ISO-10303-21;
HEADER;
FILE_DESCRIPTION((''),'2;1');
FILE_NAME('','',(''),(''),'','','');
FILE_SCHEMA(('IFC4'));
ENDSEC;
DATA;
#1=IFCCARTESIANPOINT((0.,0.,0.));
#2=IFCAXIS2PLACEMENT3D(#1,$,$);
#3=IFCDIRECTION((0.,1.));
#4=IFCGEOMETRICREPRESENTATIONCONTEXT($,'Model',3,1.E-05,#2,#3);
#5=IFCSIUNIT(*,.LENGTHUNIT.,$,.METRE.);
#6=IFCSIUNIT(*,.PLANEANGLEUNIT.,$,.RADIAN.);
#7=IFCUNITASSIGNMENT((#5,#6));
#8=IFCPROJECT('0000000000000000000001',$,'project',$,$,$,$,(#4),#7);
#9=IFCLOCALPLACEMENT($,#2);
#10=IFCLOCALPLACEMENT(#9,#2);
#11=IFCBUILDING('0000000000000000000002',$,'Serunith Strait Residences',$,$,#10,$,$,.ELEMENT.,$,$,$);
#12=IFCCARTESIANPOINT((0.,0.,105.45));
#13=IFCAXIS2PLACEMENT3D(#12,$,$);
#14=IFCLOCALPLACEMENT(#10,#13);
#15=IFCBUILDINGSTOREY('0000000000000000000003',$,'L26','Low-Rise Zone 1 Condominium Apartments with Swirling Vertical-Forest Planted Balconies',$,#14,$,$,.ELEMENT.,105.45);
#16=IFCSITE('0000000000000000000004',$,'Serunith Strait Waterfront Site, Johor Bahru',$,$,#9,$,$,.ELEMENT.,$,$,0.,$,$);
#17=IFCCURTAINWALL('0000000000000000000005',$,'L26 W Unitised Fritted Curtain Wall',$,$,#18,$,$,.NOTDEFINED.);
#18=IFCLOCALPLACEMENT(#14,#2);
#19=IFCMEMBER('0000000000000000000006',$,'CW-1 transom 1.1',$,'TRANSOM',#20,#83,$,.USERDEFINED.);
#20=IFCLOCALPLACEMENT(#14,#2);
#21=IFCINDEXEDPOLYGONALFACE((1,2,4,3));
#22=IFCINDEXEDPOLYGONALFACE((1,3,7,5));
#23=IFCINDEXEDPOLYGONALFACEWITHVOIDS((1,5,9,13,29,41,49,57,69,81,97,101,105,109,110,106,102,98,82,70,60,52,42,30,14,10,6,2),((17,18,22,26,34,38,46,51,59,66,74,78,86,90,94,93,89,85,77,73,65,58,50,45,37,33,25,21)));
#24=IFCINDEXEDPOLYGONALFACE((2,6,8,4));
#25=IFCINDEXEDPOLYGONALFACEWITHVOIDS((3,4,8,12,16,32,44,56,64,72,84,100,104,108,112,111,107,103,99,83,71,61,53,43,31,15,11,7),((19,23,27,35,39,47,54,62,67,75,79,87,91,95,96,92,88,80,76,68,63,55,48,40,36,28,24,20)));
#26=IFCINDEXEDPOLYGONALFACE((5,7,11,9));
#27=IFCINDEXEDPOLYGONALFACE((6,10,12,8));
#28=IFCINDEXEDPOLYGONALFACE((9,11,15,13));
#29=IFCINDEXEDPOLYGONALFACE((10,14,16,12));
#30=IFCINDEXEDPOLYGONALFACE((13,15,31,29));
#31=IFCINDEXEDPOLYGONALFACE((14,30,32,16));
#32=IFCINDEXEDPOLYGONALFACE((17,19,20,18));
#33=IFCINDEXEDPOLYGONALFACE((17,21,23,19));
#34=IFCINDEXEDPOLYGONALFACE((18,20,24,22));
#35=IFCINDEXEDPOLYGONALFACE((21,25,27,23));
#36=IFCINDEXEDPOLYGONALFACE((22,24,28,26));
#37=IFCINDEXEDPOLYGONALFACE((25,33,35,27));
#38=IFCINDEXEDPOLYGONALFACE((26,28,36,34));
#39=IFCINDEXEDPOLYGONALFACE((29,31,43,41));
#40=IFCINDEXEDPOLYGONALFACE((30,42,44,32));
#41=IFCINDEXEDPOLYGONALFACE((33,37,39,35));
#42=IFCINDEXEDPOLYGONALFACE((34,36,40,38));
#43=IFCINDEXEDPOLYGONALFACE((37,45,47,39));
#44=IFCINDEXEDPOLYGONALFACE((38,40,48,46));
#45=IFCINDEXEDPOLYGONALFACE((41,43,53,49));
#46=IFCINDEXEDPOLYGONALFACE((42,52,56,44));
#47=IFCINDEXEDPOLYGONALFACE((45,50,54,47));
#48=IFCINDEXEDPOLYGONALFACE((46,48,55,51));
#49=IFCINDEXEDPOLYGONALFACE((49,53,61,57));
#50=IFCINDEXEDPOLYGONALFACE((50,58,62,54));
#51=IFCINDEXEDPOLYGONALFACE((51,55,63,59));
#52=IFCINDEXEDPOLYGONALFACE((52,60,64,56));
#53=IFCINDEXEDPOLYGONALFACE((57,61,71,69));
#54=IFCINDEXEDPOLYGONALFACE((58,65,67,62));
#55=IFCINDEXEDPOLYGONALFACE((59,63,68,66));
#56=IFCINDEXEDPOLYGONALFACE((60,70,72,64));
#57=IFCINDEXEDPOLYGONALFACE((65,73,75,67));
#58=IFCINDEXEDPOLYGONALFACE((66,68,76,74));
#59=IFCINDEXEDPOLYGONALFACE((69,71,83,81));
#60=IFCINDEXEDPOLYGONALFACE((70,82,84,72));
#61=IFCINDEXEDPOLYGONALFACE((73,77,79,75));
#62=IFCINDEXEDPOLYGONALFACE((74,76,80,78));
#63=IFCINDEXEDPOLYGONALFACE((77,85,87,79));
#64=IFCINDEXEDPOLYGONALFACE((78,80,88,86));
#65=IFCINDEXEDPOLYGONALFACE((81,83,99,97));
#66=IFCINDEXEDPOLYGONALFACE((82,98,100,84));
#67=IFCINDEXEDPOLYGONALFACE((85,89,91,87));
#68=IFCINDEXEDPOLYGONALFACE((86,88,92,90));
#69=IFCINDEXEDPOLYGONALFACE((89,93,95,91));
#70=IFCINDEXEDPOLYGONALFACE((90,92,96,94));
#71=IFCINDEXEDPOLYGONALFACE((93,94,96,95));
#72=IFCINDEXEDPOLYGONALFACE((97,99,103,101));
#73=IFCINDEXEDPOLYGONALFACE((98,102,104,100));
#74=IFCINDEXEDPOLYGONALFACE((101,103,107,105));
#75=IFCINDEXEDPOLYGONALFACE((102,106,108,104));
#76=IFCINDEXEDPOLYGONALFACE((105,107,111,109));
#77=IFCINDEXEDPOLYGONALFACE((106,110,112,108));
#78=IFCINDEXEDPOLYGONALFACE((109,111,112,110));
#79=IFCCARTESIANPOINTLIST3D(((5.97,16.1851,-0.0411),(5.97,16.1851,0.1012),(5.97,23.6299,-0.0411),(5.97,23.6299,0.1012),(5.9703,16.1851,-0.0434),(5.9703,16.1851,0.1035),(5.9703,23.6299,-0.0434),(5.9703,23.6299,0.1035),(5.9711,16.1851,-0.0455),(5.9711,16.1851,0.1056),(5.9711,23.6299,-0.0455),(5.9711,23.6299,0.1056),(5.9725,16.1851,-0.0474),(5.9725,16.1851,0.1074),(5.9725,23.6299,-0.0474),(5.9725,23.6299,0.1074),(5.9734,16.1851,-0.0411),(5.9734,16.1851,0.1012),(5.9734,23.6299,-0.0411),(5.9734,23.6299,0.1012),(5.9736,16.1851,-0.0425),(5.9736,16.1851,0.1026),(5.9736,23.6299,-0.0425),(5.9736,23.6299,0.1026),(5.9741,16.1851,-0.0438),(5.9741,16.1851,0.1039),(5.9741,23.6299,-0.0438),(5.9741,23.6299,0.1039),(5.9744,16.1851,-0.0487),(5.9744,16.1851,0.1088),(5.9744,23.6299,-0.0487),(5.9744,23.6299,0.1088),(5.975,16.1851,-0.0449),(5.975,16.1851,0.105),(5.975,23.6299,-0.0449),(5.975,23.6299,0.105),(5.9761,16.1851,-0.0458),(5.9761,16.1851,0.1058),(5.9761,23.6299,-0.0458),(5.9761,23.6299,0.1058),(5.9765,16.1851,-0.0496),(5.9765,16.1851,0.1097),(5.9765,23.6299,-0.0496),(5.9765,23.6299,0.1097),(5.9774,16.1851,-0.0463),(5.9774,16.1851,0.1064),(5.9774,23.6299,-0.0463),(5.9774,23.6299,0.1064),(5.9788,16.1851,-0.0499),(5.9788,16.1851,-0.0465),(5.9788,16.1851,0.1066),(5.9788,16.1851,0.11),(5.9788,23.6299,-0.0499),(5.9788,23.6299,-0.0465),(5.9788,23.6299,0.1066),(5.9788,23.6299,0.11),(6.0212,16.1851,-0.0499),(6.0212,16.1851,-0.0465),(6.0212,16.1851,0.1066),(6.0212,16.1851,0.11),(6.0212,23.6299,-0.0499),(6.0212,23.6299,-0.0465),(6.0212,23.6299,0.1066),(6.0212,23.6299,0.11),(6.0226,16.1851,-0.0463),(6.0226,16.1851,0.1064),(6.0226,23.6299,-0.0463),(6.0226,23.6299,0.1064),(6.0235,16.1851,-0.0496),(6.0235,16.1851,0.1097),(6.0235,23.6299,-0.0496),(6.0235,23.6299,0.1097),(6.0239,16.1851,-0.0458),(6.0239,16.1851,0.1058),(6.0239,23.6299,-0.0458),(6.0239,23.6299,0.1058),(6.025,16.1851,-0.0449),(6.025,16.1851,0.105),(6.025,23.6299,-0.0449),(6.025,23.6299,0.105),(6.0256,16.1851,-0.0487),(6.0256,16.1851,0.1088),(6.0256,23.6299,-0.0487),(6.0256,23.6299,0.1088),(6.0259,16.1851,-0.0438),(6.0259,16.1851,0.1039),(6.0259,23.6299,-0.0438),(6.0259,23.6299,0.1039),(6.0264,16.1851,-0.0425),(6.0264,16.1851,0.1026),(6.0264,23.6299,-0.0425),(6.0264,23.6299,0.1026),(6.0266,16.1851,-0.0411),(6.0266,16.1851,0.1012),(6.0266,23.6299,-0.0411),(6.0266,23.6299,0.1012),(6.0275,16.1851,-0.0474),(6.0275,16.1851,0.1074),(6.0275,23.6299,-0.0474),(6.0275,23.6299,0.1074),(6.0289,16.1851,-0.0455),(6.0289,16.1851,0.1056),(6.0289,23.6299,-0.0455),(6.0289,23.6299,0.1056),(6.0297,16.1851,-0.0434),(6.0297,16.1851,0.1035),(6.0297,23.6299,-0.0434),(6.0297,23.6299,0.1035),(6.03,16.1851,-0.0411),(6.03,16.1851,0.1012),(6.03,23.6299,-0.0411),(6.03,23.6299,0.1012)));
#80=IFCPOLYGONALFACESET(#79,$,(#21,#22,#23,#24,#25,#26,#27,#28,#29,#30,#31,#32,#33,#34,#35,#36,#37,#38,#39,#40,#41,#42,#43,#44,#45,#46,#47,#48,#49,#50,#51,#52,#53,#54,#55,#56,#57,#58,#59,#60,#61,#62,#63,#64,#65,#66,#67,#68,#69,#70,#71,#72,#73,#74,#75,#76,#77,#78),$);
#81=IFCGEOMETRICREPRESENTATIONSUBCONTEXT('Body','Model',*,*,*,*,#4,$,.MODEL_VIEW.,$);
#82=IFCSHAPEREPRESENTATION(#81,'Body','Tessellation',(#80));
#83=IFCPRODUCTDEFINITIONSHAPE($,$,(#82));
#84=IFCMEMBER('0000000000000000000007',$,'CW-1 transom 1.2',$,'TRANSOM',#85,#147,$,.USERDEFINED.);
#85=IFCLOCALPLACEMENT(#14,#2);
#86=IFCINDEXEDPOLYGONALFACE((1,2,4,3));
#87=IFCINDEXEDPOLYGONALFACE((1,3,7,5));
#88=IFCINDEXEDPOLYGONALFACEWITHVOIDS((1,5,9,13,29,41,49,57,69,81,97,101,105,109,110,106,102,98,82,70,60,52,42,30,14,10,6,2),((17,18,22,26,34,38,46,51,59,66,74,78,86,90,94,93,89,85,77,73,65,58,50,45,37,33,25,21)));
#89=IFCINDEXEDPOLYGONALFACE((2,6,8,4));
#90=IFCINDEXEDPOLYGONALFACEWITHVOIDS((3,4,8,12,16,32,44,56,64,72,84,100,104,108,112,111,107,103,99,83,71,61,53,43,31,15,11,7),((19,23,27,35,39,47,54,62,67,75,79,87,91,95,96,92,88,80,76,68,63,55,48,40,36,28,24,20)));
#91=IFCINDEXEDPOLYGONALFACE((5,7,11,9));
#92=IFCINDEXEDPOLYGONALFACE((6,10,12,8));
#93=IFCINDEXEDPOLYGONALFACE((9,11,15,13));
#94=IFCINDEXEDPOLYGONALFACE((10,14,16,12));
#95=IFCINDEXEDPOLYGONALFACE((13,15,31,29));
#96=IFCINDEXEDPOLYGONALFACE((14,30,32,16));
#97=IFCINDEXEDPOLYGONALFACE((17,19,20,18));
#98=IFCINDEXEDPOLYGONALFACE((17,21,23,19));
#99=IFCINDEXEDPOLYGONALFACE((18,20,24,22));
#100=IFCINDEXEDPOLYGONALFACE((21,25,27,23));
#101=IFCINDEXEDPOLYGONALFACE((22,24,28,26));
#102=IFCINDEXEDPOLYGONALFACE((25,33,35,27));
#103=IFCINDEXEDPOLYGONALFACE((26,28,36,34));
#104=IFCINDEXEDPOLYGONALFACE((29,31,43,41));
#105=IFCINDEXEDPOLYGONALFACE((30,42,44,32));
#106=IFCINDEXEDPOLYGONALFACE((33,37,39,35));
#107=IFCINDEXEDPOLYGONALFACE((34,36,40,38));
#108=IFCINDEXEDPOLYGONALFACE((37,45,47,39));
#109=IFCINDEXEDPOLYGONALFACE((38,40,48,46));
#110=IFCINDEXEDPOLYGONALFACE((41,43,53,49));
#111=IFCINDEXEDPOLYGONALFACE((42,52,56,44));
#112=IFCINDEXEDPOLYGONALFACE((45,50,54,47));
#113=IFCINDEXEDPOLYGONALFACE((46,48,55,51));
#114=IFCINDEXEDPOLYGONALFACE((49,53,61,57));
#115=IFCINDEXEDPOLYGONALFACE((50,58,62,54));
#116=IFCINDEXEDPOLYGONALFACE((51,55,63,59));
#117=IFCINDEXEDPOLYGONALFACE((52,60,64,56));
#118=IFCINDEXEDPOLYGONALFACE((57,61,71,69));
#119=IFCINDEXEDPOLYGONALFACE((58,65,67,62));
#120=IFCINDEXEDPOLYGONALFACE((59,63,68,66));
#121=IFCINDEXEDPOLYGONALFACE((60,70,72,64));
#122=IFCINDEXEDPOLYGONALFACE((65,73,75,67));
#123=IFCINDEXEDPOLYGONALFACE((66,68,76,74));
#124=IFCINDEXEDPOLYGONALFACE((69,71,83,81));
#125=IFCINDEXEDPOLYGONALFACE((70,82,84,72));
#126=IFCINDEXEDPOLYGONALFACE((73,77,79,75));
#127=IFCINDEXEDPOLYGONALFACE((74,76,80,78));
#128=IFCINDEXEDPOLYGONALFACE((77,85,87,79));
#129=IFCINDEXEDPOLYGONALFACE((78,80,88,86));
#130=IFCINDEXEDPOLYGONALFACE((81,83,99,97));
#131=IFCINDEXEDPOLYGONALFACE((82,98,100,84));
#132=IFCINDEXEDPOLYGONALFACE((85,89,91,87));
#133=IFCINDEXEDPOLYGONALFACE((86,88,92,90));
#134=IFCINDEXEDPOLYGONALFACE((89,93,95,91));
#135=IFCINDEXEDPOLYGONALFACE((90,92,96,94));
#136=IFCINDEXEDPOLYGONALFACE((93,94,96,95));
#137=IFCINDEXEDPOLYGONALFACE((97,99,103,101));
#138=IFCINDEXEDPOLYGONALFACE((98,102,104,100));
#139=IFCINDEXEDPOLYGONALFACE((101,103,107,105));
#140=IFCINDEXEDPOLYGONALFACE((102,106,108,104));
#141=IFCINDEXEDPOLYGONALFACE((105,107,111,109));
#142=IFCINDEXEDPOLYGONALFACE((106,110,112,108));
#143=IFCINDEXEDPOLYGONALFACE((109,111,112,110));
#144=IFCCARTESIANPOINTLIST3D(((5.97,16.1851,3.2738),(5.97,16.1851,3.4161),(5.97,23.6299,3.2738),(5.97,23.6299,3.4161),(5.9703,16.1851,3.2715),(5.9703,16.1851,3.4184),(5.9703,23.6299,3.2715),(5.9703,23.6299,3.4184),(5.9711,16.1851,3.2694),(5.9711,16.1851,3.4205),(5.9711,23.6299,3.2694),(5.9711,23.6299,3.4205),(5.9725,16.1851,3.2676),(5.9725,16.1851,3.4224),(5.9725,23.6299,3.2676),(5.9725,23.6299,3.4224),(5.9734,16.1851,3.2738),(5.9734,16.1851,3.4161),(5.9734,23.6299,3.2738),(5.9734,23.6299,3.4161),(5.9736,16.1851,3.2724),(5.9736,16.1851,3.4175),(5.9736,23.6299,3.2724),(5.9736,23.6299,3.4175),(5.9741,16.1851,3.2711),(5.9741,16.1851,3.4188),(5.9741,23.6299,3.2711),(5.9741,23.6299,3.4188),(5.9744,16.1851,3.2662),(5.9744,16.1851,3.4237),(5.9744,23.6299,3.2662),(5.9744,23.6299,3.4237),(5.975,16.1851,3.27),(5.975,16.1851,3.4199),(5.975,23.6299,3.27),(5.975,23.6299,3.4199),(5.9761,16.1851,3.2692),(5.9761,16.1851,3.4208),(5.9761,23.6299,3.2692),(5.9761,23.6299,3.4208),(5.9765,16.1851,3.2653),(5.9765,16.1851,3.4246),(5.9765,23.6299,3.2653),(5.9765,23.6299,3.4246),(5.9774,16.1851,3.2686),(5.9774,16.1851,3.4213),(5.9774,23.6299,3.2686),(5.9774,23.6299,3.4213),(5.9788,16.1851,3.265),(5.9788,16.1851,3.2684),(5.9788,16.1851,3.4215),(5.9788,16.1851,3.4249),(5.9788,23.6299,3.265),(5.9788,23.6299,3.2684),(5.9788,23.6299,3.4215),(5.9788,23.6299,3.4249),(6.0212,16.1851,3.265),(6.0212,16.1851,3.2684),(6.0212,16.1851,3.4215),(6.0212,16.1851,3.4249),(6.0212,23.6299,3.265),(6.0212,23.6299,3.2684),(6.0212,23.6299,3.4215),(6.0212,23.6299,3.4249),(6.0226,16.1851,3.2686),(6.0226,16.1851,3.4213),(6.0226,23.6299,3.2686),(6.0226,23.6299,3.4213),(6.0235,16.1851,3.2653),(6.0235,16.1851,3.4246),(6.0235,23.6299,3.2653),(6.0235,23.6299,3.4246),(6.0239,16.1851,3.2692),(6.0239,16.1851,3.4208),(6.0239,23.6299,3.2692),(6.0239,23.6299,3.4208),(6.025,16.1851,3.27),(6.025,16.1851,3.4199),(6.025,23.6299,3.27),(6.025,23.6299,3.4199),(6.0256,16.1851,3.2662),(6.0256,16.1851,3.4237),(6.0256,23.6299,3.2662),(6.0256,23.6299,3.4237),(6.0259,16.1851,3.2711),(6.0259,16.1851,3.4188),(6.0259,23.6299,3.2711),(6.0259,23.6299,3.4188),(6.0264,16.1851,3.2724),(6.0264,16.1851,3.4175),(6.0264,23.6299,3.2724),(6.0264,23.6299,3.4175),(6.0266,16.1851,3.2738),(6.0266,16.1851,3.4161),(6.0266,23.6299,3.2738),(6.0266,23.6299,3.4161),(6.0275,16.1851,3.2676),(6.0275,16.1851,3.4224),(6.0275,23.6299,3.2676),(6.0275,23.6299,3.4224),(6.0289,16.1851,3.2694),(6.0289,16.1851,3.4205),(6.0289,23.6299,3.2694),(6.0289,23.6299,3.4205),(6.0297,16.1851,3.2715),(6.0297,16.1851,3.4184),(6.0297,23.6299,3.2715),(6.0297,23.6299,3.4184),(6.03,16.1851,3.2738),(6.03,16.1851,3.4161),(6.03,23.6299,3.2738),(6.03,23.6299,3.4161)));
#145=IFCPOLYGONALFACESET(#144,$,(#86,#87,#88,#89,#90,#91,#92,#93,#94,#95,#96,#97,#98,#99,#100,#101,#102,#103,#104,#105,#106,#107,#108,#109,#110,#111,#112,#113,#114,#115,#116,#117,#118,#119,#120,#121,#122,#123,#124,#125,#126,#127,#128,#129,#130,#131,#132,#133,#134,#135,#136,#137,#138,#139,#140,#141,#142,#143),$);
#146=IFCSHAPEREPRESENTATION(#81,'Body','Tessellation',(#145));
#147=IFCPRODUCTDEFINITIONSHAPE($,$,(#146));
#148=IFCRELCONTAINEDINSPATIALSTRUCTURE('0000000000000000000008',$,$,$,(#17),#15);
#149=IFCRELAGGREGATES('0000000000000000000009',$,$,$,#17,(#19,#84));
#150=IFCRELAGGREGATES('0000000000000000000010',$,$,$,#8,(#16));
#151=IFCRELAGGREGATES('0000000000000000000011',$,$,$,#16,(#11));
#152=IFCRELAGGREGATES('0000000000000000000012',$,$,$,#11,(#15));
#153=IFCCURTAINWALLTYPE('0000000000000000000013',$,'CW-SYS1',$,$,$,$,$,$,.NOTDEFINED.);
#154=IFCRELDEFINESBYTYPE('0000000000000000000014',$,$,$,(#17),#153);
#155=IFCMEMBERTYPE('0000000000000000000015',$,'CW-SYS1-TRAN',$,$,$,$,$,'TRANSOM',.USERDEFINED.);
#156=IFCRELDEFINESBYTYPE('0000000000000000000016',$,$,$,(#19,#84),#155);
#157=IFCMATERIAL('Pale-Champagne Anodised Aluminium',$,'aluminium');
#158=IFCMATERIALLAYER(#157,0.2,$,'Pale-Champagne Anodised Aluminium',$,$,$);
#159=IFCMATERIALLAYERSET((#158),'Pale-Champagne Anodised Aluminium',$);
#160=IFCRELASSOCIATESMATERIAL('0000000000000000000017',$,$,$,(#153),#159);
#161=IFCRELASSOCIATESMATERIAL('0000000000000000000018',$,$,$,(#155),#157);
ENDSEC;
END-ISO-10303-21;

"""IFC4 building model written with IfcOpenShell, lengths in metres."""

from ifc_helpers import new_model, si_unit, direction, frame, origin, origin_2d, place, context, subcontext, project, spatial, hollow_rectangle, extrude, source, transform, mapped, material, layer, layer_set, material_profile, profile_set, type_object, element, aggregate, save


model = new_model("IFC4")

# Units and contexts
model_context = context("Model", 3, precision=1e-05, world=origin(), true_north=direction((0.0, 1.0)))
body_context = subcontext(model_context, "Body", "Model", "MODEL_VIEW")
ifc_project = project(units=[si_unit("LENGTHUNIT", "METRE"), si_unit("PLANEANGLEUNIT", "RADIAN")], contexts=[model_context])

# Site, building, storey
site_placement = place(None, origin())
site = spatial("IfcSite", under=ifc_project, at=site_placement, Name="Serunith Strait Waterfront Site, Johor Bahru", CompositionType="ELEMENT", RefElevation=0.0)
building_placement = place(site_placement, origin())
building = spatial("IfcBuilding", under=site, at=building_placement, Name="Serunith Strait Residences", CompositionType="ELEMENT")
storey_placement = place(building_placement, frame((0.0, 0.0, 105.45)))
storey = spatial("IfcBuildingStorey", under=building, at=storey_placement, Name="L26", Description="Low-Rise Zone 1 Condominium Apartments with Swirling Vertical-Forest Planted Balconies", CompositionType="ELEMENT", Elevation=105.45)

# Curtain wall, members
ifc_material_1 = material(Name="Pale-Champagne Anodised Aluminium", Category="aluminium")
ifc_layer_1 = layer(ifc_material_1, 0.2, Name="Pale-Champagne Anodised Aluminium")
ifc_layer_set_1 = layer_set([ifc_layer_1], Name="Pale-Champagne Anodised Aluminium")
curtain_wall_type = type_object("IfcCurtainWallType", Name="CW-SYS1", PredefinedType="NOTDEFINED", material=ifc_layer_set_1)
curtain_wall_placement = place(storey_placement, origin())
curtain_wall = element("IfcCurtainWall", 1, at=curtain_wall_placement, inside=storey, type_object=curtain_wall_type, Name="L26 W Unitised Fritted Curtain Wall", PredefinedType="NOTDEFINED")
ifc_material_profile_1 = material_profile(ifc_material_1, hollow_rectangle(XDim=0.0601, YDim=0.1599, WallThickness=0.0034, InnerFilletRadius=0.0054, OuterFilletRadius=0.0088, at=origin_2d()), Name="ALU 160x60x3.5")
ifc_profile_set_1 = profile_set([ifc_material_profile_1], Name="Pale-Champagne Anodised Aluminium")
member_type_1 = type_object("IfcMemberType", Name="CW-SYS1-TRAN", ElementType="TRANSOM", PredefinedType="USERDEFINED", material=ifc_profile_set_1)
shared_shape_1 = source(origin(), body_context, "Body", "SweptSolid", [
    extrude(hollow_rectangle(XDim=0.0601, YDim=0.1599, WallThickness=0.0034, InnerFilletRadius=0.0054, OuterFilletRadius=0.0088, at=origin_2d()), origin(), (0.0, 0.0, 1.0), 7.4448),
])
member_1_placement = place(storey_placement, frame((6.0, 23.6299, 0.03), z_axis=(0.0, -1.0, 0.0), x_axis=(1.0, 0.0, 0.0)))
member_1 = element("IfcMember", 2, at=member_1_placement, type_object=member_type_1, Name="CW-1 transom 1.1", ObjectType="TRANSOM", PredefinedType="USERDEFINED", context=body_context, shape_type="MappedRepresentation", body=[
    mapped(shared_shape_1, transform((0.0, 0.0, 0.0), scale=1.0)),
])
member_2_placement = place(storey_placement, frame((6.0, 23.6299, 3.345), z_axis=(0.0, -1.0, 0.0), x_axis=(1.0, 0.0, 0.0)))
member_2 = element("IfcMember", 3, at=member_2_placement, type_object=member_type_1, Name="CW-1 transom 1.2", ObjectType="TRANSOM", PredefinedType="USERDEFINED", context=body_context, shape_type="MappedRepresentation", body=[
    mapped(shared_shape_1, transform((0.0, 0.0, 0.0), scale=1.0)),
])
aggregate(curtain_wall, [member_1, member_2])

save(model, "model.ifc")
